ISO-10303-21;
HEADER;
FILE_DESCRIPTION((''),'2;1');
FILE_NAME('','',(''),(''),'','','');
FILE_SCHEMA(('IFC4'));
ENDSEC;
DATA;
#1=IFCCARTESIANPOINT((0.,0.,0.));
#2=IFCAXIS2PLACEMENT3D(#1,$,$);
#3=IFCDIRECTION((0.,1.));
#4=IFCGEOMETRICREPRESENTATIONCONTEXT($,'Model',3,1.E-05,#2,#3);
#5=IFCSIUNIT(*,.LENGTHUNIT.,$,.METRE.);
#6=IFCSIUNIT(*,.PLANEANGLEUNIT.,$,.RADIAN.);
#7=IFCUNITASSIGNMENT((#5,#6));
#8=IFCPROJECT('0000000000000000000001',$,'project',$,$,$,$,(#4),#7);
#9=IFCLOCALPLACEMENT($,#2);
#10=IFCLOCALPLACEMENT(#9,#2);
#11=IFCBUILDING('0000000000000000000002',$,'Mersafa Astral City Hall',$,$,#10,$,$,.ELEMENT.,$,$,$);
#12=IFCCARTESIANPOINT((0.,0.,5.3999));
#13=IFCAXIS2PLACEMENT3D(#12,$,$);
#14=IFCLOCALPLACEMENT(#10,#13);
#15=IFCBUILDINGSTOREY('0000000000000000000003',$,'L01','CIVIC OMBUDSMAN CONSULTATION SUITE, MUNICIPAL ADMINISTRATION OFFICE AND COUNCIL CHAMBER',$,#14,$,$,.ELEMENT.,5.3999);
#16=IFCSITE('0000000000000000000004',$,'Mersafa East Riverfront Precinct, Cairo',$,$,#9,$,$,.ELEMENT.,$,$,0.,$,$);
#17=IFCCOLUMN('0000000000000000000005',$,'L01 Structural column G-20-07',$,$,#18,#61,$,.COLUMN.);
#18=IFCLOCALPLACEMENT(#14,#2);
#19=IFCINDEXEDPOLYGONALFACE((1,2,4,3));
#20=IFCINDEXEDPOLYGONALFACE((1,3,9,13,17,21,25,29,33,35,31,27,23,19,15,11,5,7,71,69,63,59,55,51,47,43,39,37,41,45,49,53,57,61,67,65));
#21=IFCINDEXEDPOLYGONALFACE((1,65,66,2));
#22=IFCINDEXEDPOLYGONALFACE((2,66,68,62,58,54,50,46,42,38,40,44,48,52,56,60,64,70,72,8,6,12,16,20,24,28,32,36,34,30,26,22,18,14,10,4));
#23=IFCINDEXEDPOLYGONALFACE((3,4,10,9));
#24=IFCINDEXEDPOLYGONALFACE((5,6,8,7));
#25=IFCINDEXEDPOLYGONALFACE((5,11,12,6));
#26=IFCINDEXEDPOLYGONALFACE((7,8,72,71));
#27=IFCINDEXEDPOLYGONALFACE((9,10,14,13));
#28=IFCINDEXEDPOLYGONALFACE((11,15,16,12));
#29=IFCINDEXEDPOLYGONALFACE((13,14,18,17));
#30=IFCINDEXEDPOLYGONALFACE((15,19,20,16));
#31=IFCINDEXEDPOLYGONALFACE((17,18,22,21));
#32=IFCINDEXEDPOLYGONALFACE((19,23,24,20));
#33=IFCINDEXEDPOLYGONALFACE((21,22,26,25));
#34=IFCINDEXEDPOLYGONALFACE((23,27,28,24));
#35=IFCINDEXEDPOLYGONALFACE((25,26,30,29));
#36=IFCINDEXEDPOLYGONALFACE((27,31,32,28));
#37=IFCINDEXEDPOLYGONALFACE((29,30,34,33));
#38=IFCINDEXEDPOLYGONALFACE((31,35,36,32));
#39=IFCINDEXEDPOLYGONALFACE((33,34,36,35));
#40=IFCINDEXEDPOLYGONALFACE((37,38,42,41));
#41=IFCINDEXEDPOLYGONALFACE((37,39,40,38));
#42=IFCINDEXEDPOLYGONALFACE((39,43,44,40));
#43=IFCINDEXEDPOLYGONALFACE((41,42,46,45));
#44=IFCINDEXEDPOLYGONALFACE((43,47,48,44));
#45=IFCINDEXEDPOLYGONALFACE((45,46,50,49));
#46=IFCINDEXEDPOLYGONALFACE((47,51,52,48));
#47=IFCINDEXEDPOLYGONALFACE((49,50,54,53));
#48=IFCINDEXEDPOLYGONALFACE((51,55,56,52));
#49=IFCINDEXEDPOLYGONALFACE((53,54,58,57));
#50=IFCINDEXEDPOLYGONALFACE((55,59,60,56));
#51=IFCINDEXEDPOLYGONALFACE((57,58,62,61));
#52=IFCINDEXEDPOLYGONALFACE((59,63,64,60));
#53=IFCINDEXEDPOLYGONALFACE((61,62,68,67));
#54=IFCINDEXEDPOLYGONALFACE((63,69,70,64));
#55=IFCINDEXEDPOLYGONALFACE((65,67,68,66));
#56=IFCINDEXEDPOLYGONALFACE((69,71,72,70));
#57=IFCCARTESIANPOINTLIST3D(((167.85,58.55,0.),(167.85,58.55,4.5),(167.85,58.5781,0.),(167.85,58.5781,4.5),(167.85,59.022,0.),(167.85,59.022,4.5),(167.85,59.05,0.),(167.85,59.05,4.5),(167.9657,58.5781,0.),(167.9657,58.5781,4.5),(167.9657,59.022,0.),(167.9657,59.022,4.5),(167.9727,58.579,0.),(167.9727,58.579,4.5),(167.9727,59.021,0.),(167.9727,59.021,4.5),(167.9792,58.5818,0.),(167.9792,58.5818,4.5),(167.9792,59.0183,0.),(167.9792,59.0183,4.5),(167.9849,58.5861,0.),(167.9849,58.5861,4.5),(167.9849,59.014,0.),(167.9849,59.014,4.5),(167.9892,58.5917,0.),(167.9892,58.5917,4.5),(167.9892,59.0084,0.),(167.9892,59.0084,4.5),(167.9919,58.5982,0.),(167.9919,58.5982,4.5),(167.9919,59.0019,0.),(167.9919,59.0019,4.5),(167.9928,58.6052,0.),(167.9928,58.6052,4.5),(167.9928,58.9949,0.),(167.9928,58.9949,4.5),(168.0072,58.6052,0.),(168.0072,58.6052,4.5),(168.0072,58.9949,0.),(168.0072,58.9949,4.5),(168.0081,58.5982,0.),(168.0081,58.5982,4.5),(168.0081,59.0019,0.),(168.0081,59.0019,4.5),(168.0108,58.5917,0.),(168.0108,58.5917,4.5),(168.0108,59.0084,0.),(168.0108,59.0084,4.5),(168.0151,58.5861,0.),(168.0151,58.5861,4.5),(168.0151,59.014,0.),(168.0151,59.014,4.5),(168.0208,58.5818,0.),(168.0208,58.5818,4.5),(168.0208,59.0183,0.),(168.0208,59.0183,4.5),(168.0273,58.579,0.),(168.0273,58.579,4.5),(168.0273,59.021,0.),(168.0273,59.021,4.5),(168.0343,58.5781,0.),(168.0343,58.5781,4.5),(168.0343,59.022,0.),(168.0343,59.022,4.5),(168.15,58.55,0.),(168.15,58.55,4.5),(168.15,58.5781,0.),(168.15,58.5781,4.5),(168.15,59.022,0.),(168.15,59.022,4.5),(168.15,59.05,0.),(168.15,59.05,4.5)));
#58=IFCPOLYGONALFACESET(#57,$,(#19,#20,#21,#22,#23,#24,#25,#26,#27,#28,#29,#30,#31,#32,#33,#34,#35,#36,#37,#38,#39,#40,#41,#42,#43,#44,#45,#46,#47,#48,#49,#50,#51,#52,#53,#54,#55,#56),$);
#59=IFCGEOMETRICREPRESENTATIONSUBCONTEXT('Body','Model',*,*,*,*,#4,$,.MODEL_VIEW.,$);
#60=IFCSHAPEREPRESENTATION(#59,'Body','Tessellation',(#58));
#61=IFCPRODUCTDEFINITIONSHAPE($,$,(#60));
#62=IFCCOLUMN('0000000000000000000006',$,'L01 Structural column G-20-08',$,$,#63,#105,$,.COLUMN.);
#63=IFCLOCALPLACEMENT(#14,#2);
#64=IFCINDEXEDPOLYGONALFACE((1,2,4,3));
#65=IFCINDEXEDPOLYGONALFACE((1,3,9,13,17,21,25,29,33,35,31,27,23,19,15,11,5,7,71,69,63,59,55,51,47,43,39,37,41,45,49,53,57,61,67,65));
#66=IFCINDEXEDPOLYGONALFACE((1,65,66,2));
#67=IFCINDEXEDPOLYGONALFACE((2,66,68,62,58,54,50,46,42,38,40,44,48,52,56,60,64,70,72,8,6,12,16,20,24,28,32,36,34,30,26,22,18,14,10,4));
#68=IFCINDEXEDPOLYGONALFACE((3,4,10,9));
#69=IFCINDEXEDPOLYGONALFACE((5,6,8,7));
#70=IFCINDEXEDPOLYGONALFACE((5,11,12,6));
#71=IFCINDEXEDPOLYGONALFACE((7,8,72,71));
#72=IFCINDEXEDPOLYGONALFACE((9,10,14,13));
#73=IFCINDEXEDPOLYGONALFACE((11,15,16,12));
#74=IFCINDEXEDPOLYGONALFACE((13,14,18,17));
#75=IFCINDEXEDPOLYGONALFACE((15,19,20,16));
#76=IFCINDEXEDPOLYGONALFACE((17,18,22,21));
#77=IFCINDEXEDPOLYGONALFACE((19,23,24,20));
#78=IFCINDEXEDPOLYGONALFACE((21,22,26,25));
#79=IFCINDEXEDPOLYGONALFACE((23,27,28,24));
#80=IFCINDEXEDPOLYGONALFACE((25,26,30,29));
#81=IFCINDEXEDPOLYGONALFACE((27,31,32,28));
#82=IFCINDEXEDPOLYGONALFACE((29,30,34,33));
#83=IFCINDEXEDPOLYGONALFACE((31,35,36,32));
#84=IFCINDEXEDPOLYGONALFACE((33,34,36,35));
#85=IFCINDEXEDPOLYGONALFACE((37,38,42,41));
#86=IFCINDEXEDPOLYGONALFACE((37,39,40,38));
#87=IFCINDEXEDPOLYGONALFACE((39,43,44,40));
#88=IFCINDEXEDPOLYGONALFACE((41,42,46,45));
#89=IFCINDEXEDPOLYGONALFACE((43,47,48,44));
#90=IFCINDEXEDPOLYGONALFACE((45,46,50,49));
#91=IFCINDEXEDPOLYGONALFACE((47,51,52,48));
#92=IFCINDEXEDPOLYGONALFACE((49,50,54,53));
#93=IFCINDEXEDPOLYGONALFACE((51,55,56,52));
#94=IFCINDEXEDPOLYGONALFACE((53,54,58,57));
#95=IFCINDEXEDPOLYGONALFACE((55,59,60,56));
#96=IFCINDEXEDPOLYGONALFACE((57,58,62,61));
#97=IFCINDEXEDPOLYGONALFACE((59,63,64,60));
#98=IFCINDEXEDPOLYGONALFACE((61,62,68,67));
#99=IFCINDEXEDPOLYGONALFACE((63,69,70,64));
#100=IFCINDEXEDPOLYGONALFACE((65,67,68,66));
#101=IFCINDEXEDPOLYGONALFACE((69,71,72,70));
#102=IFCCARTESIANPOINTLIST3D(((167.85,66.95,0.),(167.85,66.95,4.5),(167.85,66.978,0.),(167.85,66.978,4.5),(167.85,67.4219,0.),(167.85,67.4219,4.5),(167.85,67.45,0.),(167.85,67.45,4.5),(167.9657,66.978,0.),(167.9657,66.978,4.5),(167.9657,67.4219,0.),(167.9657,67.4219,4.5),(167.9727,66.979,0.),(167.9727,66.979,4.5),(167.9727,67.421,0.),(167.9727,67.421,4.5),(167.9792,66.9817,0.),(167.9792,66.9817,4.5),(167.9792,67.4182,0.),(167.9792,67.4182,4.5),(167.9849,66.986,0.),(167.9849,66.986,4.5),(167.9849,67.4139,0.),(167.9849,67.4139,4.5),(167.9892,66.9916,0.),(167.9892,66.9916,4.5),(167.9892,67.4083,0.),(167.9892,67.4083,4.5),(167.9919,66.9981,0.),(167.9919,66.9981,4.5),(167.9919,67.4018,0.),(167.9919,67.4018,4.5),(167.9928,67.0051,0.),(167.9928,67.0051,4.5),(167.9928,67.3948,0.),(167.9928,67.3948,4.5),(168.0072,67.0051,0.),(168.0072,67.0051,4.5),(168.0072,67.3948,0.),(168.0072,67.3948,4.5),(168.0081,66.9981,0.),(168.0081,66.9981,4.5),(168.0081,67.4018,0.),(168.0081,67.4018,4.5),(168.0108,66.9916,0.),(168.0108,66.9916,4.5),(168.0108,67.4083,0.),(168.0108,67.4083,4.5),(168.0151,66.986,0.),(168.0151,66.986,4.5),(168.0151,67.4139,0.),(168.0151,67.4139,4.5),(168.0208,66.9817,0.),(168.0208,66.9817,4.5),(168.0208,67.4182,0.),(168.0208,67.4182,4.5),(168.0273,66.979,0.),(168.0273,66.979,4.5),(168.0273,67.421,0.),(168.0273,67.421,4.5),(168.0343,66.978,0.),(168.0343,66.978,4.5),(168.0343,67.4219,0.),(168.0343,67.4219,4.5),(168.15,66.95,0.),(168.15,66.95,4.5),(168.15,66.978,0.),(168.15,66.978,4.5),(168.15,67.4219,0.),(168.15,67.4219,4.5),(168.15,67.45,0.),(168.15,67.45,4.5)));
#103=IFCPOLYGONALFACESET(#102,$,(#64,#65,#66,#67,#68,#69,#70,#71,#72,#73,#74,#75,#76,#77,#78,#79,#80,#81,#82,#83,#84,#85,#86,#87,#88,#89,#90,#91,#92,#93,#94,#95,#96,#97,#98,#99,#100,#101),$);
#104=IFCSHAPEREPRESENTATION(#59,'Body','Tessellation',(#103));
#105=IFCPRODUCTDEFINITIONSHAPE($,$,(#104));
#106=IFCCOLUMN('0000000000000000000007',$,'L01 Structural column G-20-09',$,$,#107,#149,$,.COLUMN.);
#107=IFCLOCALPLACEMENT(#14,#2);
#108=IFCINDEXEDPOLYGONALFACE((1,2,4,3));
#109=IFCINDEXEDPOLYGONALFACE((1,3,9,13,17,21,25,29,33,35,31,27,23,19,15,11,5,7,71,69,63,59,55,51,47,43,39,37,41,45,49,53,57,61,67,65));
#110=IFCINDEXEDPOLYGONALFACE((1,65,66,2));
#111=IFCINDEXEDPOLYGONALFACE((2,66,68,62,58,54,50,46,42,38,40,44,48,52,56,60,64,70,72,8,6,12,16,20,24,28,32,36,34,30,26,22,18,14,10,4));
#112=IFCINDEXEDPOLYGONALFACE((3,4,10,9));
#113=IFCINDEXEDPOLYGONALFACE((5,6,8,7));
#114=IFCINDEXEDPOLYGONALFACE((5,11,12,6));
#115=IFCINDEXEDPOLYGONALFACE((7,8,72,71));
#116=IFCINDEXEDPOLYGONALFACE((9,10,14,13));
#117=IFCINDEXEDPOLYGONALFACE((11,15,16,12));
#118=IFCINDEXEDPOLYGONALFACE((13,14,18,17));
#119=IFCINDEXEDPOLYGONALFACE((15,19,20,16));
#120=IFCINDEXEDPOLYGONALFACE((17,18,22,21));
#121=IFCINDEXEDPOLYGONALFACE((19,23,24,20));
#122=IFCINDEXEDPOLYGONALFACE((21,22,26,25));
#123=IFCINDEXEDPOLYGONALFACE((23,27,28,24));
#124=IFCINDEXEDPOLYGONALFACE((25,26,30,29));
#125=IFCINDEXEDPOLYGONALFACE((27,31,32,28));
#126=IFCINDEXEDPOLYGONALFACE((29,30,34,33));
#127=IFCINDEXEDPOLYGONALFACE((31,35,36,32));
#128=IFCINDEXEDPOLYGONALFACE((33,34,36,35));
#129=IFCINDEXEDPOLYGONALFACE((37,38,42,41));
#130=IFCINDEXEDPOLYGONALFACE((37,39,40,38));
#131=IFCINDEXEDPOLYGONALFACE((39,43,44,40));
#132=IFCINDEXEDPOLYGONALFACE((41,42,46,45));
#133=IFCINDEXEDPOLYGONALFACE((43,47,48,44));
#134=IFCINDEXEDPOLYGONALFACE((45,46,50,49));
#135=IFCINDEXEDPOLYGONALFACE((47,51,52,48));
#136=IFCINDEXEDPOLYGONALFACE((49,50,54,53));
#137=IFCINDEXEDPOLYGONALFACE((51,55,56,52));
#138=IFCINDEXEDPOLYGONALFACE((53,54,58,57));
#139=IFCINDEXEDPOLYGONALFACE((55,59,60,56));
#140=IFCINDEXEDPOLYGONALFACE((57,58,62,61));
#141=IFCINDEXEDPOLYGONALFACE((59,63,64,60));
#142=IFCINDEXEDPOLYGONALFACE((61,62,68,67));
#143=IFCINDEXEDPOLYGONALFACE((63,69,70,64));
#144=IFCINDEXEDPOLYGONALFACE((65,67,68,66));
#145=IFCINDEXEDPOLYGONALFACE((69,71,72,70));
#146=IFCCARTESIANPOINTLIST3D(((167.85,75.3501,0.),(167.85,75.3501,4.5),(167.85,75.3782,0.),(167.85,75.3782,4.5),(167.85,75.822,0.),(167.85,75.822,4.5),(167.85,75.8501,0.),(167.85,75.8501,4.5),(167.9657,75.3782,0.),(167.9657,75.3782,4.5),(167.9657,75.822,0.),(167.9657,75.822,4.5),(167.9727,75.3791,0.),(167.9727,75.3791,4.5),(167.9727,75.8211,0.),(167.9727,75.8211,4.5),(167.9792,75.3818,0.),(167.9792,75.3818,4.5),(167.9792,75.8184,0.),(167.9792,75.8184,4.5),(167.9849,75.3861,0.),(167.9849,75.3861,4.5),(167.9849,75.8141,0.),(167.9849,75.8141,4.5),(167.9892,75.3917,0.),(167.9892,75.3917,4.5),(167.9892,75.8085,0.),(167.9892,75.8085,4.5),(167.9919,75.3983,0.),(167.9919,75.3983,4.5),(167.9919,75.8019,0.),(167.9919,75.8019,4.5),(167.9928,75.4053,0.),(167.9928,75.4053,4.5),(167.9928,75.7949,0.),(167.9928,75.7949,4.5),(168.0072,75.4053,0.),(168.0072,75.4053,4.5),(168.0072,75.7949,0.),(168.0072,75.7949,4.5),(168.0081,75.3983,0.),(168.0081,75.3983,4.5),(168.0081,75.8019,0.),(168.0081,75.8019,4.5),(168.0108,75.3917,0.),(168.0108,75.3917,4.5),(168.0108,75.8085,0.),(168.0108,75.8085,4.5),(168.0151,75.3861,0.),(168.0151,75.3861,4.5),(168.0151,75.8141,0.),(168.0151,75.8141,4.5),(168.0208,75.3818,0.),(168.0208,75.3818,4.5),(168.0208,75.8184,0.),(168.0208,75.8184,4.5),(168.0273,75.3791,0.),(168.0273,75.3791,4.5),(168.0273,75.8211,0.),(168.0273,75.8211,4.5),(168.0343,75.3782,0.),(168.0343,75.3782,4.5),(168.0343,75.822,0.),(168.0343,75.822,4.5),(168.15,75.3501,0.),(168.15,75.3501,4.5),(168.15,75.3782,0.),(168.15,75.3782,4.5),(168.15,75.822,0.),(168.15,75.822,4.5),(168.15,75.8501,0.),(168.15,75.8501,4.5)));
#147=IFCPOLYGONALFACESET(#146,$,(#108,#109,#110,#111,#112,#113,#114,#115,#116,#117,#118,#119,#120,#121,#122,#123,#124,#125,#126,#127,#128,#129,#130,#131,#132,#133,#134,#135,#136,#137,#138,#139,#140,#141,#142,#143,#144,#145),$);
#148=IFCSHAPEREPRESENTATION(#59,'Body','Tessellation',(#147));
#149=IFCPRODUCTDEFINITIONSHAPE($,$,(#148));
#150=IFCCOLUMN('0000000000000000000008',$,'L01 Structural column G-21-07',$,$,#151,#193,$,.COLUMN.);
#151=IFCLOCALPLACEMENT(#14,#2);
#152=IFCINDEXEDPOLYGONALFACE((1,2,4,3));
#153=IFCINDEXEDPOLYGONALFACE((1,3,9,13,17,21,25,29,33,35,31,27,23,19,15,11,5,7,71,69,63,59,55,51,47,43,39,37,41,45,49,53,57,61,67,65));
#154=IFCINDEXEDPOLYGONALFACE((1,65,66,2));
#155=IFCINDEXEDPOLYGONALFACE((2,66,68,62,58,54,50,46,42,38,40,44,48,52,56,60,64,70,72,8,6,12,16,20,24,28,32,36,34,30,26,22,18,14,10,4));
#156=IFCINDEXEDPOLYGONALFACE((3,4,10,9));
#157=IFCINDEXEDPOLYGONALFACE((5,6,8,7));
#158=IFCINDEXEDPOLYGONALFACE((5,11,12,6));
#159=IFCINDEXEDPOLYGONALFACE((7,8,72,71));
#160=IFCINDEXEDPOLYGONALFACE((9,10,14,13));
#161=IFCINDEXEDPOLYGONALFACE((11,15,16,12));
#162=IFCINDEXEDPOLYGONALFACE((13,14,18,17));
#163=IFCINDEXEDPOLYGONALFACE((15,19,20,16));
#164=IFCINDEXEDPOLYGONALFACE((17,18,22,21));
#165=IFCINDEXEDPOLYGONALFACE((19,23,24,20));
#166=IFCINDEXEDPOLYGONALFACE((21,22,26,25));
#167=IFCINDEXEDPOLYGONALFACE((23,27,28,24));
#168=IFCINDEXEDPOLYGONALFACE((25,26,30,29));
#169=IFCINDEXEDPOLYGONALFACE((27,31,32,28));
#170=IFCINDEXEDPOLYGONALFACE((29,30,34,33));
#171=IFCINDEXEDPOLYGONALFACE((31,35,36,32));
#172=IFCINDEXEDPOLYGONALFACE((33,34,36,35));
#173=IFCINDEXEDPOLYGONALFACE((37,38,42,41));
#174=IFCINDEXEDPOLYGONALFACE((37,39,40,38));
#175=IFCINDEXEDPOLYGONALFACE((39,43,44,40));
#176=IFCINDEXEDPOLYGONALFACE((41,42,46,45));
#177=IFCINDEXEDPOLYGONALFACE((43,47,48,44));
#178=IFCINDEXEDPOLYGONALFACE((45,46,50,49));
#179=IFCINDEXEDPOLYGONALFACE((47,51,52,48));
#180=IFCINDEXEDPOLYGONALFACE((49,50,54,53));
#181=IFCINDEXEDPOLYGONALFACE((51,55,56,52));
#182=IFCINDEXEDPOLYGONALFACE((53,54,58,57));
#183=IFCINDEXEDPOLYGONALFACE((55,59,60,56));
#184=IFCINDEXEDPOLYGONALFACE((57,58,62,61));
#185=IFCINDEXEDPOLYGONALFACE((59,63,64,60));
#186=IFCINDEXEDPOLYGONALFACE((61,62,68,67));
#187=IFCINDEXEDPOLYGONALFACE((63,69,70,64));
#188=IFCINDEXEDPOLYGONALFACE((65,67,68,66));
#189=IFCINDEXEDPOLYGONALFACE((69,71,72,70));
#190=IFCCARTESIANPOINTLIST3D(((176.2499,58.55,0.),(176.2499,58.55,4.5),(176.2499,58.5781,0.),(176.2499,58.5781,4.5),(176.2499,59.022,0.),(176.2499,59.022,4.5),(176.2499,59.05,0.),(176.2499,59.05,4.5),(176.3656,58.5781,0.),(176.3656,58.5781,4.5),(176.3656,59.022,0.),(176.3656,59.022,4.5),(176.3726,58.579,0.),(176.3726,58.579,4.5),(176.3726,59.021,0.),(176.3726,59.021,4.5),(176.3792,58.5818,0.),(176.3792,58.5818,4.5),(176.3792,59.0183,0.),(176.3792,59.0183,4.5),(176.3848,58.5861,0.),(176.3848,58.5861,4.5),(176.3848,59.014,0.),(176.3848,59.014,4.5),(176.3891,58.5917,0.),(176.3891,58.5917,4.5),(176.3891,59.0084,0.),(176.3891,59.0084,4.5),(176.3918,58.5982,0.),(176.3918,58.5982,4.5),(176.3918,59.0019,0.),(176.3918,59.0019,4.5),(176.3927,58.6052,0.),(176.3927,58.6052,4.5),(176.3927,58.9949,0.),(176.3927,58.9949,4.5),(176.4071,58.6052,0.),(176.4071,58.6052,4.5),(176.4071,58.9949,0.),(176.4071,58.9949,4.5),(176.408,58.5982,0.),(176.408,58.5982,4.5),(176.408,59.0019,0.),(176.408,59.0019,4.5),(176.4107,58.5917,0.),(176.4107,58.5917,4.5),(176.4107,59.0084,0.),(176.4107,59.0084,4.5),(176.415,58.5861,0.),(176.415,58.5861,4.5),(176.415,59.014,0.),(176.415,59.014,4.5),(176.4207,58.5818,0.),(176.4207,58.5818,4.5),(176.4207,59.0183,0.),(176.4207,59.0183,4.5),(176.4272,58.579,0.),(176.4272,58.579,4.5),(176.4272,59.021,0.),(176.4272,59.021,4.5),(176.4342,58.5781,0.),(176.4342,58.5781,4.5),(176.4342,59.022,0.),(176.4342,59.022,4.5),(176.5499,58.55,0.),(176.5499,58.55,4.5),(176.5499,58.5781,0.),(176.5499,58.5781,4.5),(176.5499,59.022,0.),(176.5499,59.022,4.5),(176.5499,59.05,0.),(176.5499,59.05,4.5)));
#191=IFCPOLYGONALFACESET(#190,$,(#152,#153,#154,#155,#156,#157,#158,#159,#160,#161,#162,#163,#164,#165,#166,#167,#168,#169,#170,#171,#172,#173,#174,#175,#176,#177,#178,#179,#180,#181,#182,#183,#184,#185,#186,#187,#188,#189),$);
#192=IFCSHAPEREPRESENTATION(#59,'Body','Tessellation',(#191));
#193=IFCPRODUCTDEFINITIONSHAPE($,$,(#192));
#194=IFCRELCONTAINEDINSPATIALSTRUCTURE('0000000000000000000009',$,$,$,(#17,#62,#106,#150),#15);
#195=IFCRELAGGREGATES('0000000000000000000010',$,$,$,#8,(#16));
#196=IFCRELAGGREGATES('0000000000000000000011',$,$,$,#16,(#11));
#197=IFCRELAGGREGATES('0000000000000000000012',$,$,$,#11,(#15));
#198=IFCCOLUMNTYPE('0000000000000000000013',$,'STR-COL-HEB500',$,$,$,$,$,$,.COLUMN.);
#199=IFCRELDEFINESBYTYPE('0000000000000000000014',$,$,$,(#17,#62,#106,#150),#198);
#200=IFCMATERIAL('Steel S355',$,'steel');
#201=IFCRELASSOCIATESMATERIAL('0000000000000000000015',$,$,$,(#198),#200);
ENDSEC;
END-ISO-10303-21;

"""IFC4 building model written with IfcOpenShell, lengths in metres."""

from ifc_helpers import new_model, si_unit, direction, frame, origin, origin_2d, place, context, subcontext, project, spatial, i_section, extrude, material, material_profile, profile_set, type_object, element, save


model = new_model("IFC4")

# Units and contexts
model_context = context("Model", 3, precision=1e-05, world=origin(), true_north=direction((0.0, 1.0)))
body_context = subcontext(model_context, "Body", "Model", "MODEL_VIEW")
ifc_project = project(units=[si_unit("LENGTHUNIT", "METRE"), si_unit("PLANEANGLEUNIT", "RADIAN")], contexts=[model_context])

# Site, building, storey
site_placement = place(None, origin())
site = spatial("IfcSite", under=ifc_project, at=site_placement, Name="Mersafa East Riverfront Precinct, Cairo", CompositionType="ELEMENT", RefElevation=0.0)
building_placement = place(site_placement, origin())
building = spatial("IfcBuilding", under=site, at=building_placement, Name="Mersafa Astral City Hall", CompositionType="ELEMENT")
storey_placement = place(building_placement, frame((0.0, 0.0, 5.3999)))
storey = spatial("IfcBuildingStorey", under=building, at=storey_placement, Name="L01", Description="CIVIC OMBUDSMAN CONSULTATION SUITE, MUNICIPAL ADMINISTRATION OFFICE AND COUNCIL CHAMBER", CompositionType="ELEMENT", Elevation=5.3999)

# Columns
ifc_material_1 = material(Name="Steel S355", Category="steel")
ifc_material_profile_1 = material_profile(ifc_material_1, i_section(OverallWidth=0.3, OverallDepth=0.5, WebThickness=0.0144, FlangeThickness=0.0281, FilletRadius=0.0271, at=origin_2d()), Name="HEB 500")
ifc_profile_set_1 = profile_set([ifc_material_profile_1], Name="Steel S355")
column_type = type_object("IfcColumnType", Name="STR-COL-HEB500", PredefinedType="COLUMN", material=ifc_profile_set_1)
for number, where, z_axis, x_axis, name in (
    (1, (168.0, 58.8, 0.0), (0.0, 0.0, 1.0), (1.0, 0.0, 0.0), "L01 Structural column G-20-07"),
    (2, (168.0, 67.2, 0.0), (0.0, 0.0, 1.0), (1.0, 0.0, 0.0), "L01 Structural column G-20-08"),
    (3, (168.0, 75.6001, 0.0), (0.0, 0.0, 1.0), (1.0, 0.0, 0.0), "L01 Structural column G-20-09"),
    (4, (176.3999, 58.8, 0.0), (0.0, 0.0, 1.0), (1.0, 0.0, 0.0), "L01 Structural column G-21-07"),
):
    element("IfcColumn", number, at=place(storey_placement, frame(where, z_axis=z_axis, x_axis=x_axis)), inside=storey, type_object=column_type, Name=name, PredefinedType="COLUMN", context=body_context, shape_type="SweptSolid", body=[
        extrude(i_section(OverallWidth=0.3, OverallDepth=0.5, WebThickness=0.0144, FlangeThickness=0.0281, FilletRadius=0.0271, at=origin_2d()), origin(), (0.0, 0.0, 1.0), 4.5),
    ])

save(model, "model.ifc")
